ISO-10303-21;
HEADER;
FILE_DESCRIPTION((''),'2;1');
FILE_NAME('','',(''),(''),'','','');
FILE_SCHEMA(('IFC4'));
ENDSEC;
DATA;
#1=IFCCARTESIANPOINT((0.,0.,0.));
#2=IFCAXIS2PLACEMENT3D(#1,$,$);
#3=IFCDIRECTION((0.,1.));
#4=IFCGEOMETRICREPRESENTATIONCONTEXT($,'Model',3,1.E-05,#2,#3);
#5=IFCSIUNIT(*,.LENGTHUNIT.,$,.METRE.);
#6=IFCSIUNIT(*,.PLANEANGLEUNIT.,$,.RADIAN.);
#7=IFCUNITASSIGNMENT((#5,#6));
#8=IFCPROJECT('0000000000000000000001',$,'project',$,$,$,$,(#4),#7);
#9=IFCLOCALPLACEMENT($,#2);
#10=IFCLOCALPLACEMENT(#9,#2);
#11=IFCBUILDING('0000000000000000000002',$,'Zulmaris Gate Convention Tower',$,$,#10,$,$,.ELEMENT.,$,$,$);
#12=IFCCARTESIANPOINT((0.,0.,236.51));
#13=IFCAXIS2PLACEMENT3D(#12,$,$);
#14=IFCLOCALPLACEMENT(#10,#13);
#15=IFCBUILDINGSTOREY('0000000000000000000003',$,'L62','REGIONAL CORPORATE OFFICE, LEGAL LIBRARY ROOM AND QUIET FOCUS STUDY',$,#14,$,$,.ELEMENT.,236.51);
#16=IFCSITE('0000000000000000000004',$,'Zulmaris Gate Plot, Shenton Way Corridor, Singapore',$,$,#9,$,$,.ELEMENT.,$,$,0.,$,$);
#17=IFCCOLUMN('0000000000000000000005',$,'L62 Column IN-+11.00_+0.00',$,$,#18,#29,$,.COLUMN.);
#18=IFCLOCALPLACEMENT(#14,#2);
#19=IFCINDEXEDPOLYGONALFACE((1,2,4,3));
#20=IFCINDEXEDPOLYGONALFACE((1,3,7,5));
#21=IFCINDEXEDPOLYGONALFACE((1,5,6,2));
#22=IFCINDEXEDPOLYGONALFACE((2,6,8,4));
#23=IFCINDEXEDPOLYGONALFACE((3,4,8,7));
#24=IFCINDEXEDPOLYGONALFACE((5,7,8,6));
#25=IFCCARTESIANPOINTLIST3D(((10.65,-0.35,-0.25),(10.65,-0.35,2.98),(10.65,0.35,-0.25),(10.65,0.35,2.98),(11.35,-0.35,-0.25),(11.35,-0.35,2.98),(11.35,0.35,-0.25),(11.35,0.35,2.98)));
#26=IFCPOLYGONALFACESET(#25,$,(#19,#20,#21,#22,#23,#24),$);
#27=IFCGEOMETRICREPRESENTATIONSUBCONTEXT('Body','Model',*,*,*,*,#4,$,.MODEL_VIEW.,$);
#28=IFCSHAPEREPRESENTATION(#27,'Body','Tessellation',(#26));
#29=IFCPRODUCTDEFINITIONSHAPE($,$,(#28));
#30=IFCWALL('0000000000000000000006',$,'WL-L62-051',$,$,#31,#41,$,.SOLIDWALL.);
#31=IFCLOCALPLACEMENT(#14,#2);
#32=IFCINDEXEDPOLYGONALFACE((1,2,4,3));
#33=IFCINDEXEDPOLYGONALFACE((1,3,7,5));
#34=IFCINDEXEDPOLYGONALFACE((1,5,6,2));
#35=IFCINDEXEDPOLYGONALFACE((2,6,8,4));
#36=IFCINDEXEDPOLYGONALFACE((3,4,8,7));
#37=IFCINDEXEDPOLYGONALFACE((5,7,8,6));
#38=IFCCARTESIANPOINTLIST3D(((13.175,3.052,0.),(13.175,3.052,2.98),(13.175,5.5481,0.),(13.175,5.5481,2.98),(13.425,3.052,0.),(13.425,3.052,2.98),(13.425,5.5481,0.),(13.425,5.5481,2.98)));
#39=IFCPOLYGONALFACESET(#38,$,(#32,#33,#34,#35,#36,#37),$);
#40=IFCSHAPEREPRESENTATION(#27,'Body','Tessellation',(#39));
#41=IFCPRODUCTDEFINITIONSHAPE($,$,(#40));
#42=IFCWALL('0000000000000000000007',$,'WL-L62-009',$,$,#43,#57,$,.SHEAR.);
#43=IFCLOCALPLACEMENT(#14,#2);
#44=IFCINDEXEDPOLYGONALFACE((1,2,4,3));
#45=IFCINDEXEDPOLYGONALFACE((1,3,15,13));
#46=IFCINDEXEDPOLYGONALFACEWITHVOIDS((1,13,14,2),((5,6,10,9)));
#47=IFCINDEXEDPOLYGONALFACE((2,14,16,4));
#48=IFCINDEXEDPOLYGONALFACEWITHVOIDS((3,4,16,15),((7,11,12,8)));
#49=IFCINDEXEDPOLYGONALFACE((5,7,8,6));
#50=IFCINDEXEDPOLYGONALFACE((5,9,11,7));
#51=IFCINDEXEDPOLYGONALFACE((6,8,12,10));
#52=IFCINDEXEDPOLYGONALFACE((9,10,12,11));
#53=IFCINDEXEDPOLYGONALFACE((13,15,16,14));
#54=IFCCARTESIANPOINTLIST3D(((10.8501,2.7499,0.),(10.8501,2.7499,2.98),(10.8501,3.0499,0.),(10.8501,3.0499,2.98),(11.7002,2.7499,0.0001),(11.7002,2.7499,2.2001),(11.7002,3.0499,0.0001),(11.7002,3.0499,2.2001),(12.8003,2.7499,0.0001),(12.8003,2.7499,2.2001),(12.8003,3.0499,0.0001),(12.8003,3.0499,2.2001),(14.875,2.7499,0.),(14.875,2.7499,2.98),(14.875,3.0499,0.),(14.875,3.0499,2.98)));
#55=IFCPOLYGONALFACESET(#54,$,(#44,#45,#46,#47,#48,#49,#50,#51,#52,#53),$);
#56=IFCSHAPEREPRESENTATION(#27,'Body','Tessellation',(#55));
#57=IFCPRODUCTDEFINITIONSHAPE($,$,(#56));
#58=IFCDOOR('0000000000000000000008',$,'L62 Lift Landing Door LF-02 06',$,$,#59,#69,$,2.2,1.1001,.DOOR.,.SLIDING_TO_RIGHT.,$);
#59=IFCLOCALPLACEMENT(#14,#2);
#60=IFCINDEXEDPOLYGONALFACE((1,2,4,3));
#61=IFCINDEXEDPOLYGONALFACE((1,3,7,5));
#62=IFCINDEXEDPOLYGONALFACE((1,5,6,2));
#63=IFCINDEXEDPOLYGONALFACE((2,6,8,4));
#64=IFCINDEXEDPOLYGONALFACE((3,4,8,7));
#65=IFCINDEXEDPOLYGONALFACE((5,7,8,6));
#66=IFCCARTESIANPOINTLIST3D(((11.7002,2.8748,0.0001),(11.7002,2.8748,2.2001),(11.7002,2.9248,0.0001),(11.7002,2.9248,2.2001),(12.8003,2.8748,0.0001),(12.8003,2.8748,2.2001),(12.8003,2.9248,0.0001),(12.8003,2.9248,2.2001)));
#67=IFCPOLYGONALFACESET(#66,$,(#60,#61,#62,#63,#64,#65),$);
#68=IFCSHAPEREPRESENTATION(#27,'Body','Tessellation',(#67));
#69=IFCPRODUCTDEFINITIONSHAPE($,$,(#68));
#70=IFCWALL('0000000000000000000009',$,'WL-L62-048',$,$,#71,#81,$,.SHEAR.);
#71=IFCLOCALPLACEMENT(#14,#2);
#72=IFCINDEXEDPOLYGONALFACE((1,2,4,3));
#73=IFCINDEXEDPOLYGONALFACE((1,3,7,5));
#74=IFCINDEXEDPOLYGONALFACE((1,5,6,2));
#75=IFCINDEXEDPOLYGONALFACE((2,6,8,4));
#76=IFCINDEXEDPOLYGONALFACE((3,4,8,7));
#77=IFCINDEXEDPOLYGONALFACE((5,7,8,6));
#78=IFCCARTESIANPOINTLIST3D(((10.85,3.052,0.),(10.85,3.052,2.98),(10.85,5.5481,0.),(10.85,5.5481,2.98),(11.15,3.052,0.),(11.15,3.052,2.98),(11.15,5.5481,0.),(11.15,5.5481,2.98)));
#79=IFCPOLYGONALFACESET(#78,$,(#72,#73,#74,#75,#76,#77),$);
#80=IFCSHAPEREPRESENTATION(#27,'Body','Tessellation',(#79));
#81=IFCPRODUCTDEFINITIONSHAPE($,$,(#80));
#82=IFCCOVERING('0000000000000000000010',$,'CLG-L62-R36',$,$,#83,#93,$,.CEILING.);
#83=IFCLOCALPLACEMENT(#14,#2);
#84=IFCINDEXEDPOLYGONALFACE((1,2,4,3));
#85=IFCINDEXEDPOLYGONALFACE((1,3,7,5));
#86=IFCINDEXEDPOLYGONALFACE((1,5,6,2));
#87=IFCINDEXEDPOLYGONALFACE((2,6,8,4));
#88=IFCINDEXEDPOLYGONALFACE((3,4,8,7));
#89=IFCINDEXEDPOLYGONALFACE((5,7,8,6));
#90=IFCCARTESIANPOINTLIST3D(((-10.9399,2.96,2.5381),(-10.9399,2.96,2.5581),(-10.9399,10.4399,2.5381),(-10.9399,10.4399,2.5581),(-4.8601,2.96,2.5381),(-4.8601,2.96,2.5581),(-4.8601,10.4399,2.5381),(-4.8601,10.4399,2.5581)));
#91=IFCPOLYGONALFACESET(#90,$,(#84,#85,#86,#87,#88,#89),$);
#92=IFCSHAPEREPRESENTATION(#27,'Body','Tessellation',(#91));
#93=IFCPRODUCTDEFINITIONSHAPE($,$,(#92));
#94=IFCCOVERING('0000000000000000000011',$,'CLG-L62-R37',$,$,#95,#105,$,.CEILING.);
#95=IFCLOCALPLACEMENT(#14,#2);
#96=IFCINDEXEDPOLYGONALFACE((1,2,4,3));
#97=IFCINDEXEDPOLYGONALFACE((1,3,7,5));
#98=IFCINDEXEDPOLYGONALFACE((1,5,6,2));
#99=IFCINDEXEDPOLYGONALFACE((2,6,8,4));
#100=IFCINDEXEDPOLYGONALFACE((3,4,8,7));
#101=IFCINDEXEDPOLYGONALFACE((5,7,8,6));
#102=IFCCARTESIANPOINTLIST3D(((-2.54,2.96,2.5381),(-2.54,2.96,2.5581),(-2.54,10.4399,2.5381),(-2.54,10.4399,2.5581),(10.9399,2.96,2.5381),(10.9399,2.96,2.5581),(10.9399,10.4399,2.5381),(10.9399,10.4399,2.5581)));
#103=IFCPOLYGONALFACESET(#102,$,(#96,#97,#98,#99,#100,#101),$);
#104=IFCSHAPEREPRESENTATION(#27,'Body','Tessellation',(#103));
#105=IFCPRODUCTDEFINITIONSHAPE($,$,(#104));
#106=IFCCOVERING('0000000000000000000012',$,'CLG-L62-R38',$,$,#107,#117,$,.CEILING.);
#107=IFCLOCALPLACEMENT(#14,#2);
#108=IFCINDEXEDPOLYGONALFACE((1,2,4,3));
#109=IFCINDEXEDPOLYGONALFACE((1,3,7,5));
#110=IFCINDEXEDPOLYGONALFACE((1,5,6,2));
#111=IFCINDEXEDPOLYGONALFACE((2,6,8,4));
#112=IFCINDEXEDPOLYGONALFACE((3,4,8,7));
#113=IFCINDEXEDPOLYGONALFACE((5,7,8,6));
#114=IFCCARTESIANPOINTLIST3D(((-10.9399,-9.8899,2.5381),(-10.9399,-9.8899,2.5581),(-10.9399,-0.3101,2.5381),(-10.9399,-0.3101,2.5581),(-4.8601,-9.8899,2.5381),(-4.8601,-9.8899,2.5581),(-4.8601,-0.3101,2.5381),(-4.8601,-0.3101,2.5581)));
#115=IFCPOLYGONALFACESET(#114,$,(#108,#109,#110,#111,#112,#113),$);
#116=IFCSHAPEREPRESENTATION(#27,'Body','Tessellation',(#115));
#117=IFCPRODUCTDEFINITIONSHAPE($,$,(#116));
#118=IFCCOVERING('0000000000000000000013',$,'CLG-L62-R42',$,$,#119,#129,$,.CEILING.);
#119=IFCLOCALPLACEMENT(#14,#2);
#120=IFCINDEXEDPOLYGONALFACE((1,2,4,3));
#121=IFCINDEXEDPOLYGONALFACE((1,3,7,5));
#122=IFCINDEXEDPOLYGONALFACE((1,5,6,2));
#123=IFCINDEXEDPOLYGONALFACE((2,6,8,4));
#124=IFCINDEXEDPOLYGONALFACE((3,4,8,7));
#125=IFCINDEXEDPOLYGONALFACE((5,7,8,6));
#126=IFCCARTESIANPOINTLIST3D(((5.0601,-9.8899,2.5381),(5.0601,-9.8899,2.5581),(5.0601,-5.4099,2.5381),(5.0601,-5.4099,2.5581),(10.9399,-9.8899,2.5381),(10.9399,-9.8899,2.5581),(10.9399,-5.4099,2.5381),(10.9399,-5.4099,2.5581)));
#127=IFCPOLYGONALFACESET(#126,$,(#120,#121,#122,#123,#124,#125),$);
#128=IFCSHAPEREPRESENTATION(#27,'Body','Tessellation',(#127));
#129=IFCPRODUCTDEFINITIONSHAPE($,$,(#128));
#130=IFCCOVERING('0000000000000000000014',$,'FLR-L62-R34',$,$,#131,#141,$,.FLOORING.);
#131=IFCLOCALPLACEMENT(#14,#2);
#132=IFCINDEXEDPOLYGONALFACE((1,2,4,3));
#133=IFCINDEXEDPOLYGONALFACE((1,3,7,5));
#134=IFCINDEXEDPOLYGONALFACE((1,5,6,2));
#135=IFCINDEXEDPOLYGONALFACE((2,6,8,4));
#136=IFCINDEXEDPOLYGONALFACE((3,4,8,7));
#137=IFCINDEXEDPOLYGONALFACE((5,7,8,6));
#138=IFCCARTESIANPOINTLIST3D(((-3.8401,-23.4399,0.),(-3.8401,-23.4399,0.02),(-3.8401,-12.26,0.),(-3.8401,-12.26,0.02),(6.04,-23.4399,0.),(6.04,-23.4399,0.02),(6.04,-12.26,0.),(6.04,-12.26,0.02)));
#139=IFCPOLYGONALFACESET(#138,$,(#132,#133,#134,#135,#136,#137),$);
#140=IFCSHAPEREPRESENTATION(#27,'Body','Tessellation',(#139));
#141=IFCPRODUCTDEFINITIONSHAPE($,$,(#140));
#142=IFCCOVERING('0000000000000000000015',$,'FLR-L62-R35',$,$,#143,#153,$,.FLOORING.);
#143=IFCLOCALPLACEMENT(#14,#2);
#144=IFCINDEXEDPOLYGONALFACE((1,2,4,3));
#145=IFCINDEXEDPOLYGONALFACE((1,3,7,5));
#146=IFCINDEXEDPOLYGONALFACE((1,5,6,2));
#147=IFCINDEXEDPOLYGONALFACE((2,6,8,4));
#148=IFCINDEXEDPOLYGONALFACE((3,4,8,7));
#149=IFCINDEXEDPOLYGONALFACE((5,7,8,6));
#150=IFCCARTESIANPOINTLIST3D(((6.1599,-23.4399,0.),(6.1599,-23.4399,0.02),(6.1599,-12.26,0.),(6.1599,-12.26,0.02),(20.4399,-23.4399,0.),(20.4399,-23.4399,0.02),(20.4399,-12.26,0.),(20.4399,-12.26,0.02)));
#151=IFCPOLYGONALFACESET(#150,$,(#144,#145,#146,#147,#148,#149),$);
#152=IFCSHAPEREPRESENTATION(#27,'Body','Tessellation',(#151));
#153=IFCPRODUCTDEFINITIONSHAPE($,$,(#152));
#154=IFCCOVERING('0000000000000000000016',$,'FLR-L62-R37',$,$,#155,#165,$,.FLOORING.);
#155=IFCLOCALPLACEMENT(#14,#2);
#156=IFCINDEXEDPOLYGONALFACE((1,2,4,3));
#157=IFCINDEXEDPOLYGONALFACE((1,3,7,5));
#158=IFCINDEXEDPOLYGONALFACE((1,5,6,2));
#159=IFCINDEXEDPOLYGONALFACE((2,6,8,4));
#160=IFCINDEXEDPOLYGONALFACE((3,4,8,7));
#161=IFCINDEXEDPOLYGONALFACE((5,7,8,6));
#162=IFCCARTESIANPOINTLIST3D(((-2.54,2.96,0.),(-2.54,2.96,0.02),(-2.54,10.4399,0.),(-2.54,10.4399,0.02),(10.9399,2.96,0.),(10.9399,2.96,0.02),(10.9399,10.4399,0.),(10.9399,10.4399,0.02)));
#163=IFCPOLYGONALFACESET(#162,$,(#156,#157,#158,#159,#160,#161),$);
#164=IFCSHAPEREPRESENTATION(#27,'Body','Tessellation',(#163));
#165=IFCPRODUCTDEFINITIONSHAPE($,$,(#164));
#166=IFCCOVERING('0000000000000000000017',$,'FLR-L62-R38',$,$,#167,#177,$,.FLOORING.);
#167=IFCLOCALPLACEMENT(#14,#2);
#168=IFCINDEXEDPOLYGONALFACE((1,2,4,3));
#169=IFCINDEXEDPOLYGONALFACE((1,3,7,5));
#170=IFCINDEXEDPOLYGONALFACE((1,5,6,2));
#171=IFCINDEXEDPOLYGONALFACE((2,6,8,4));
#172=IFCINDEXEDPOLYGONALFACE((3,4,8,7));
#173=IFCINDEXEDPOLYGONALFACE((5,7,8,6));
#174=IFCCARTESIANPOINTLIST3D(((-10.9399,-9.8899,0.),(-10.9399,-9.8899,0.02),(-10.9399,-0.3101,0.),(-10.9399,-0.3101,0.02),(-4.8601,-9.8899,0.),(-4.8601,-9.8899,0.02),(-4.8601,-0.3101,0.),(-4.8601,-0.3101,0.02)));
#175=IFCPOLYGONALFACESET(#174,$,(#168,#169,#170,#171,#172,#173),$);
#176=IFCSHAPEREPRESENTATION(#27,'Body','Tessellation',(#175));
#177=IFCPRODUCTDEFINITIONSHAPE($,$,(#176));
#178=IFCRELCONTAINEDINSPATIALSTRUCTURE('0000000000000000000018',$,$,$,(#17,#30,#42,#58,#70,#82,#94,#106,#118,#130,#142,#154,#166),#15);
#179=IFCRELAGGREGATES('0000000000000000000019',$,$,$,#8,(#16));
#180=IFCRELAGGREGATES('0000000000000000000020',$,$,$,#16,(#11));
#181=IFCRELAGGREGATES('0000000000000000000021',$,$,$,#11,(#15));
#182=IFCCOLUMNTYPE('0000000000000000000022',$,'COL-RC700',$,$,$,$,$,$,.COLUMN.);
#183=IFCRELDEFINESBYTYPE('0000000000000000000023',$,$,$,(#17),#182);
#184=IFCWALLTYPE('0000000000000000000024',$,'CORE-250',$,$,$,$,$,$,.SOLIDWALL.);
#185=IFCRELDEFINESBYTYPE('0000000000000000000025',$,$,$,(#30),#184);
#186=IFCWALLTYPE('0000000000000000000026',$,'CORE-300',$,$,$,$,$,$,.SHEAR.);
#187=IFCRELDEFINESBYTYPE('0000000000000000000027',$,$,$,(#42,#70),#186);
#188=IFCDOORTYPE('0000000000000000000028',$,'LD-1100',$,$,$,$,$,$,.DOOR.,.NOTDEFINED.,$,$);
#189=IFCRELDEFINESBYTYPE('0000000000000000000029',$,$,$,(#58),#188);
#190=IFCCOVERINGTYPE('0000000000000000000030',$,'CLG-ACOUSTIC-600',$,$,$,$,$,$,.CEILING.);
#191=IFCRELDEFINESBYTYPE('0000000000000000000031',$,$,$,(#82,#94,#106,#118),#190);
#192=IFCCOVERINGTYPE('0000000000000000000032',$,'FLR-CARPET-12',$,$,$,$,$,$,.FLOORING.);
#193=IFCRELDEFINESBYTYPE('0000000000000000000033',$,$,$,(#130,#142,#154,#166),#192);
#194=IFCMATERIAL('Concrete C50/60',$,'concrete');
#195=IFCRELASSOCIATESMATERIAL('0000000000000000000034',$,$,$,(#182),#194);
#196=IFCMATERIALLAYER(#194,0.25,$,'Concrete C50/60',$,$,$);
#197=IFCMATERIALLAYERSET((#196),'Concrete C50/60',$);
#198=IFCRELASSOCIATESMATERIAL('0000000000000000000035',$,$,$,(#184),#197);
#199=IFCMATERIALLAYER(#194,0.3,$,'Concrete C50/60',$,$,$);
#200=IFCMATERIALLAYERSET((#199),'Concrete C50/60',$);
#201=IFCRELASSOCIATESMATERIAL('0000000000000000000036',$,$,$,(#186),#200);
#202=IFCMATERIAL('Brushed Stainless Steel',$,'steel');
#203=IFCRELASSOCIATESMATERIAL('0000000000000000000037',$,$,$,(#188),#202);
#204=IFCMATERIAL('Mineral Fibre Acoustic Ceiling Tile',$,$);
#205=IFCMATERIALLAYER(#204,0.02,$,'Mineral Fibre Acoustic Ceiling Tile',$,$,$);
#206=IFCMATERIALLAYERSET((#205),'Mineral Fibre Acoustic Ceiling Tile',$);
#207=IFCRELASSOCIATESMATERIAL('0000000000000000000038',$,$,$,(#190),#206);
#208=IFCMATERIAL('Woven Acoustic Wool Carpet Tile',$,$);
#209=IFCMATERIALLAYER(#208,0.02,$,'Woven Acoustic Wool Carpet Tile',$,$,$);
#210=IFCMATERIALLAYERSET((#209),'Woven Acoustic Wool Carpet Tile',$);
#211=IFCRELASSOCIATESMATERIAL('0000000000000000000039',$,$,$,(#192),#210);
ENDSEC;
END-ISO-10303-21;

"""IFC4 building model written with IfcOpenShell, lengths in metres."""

from ifc_helpers import new_model, si_unit, direction, frame, frame_2d, origin, origin_2d, place, context, subcontext, project, spatial, polyline, rectangle, outline, extrude, material, layer, layer_set, material_profile, profile_set, type_object, element, fill, save


model = new_model("IFC4")

# Units and contexts
model_context = context("Model", 3, precision=1e-05, world=origin(), true_north=direction((0.0, 1.0)))
body_context = subcontext(model_context, "Body", "Model", "MODEL_VIEW")
ifc_project = project(units=[si_unit("LENGTHUNIT", "METRE"), si_unit("PLANEANGLEUNIT", "RADIAN")], contexts=[model_context])

# Site, building, storey
site_placement = place(None, origin())
site = spatial("IfcSite", under=ifc_project, at=site_placement, Name="Zulmaris Gate Plot, Shenton Way Corridor, Singapore", CompositionType="ELEMENT", RefElevation=0.0)
building_placement = place(site_placement, origin())
building = spatial("IfcBuilding", under=site, at=building_placement, Name="Zulmaris Gate Convention Tower", CompositionType="ELEMENT")
storey_placement = place(building_placement, frame((0.0, 0.0, 236.51)))
storey = spatial("IfcBuildingStorey", under=building, at=storey_placement, Name="L62", Description="REGIONAL CORPORATE OFFICE, LEGAL LIBRARY ROOM AND QUIET FOCUS STUDY", CompositionType="ELEMENT", Elevation=236.51)

# Column
ifc_material_1 = material(Name="Concrete C50/60", Category="concrete")
ifc_material_profile = material_profile(ifc_material_1, rectangle(XDim=0.7, YDim=0.7, at=origin_2d()), Name="RC COL 700x700")
ifc_profile_set = profile_set([ifc_material_profile], Name="Concrete C50/60")
column_type = type_object("IfcColumnType", Name="COL-RC700", PredefinedType="COLUMN", material=ifc_profile_set)
column_placement = place(storey_placement, frame((11.0, 0.0, -0.25), z_axis=(0.0, 0.0, 1.0), x_axis=(1.0, 0.0, 0.0)))
element("IfcColumn", 1, at=column_placement, inside=storey, type_object=column_type, Name="L62 Column IN-+11.00_+0.00", PredefinedType="COLUMN", context=body_context, shape_type="SweptSolid", body=[
    extrude(rectangle(XDim=0.7, YDim=0.7, at=origin_2d()), origin(), (0.0, 0.0, 1.0), 3.23),
])

# Wall
ifc_layer_1 = layer(ifc_material_1, 0.25, Name="Concrete C50/60")
ifc_layer_set_1 = layer_set([ifc_layer_1], Name="Concrete C50/60")
wall_type_1 = type_object("IfcWallType", Name="CORE-250", PredefinedType="SOLIDWALL", material=ifc_layer_set_1)
wall_1_placement = place(storey_placement, frame((13.3, 3.052, 0.0), z_axis=(0.0, 0.0, 1.0), x_axis=(0.0, 1.0, 0.0)))
element("IfcWall", 2, at=wall_1_placement, inside=storey, type_object=wall_type_1, Name="WL-L62-051", PredefinedType="SOLIDWALL", context=body_context, shape_type="SweptSolid", body=[
    extrude(rectangle(XDim=2.4961, YDim=0.25, at=frame_2d((1.248, 0.0))), origin(), (0.0, 0.0, 1.0), 2.98),
])

# Wall, opening, door
ifc_layer_2 = layer(ifc_material_1, 0.3, Name="Concrete C50/60")
ifc_layer_set_2 = layer_set([ifc_layer_2], Name="Concrete C50/60")
wall_type_2 = type_object("IfcWallType", Name="CORE-300", PredefinedType="SHEAR", material=ifc_layer_set_2)
wall_2_placement = place(storey_placement, frame((10.8501, 2.8999, 0.0), z_axis=(0.0, 0.0, 1.0), x_axis=(1.0, 0.0, 0.0)))
wall_2 = element("IfcWall", 3, at=wall_2_placement, inside=storey, type_object=wall_type_2, Name="WL-L62-009", PredefinedType="SHEAR", context=body_context, shape_type="SweptSolid", body=[
    extrude(rectangle(XDim=4.0249, YDim=0.3, at=frame_2d((2.0125, 0.0))), origin(), (0.0, 0.0, 1.0), 2.98),
])
opening_1_placement = place(wall_2_placement, frame((0.8501, 0.0, 0.0)))
opening_1 = element("IfcOpeningElement", 4, at=opening_1_placement, cuts=wall_2, PredefinedType="OPENING", context=body_context, shape_type="SweptSolid", body=[
    extrude(rectangle(XDim=1.1001, YDim=2.2, at=frame_2d((0.55, 1.1001))), frame((0.0, 0.1602, 0.0), z_axis=(0.0, -1.0, 0.0), x_axis=(1.0, 0.0, 0.0)), (0.0, 0.0, 1.0), 0.3201),
])
ifc_material_2 = material(Name="Brushed Stainless Steel", Category="steel")
door_type_1 = type_object("IfcDoorType", Name="LD-1100", OperationType="NOTDEFINED", PredefinedType="DOOR", material=ifc_material_2)
door_1_placement = place(opening_1_placement, origin())
door_1 = element("IfcDoor", 5, at=door_1_placement, inside=storey, type_object=door_type_1, Name="L62 Lift Landing Door LF-02 06", OperationType="SLIDING_TO_RIGHT", OverallHeight=2.2, OverallWidth=1.1001, PredefinedType="DOOR", context=body_context, shape_type="SweptSolid", body=[
    extrude(rectangle(XDim=1.1001, YDim=2.2, at=frame_2d((0.55, 1.1001))), frame((0.0, 0.0249, 0.0), z_axis=(0.0, -1.0, 0.0), x_axis=(1.0, 0.0, 0.0)), (0.0, 0.0, 1.0), 0.05),
])
fill(opening_1, door_1)

# Wall
wall_3_placement = place(storey_placement, frame((11.0, 3.052, 0.0), z_axis=(0.0, 0.0, 1.0), x_axis=(0.0, 1.0, 0.0)))
element("IfcWall", 6, at=wall_3_placement, inside=storey, type_object=wall_type_2, Name="WL-L62-048", PredefinedType="SHEAR", context=body_context, shape_type="SweptSolid", body=[
    extrude(rectangle(XDim=2.4961, YDim=0.3, at=frame_2d((1.248, 0.0))), origin(), (0.0, 0.0, 1.0), 2.98),
])

# Coverings
ifc_material_3 = material(Name="Mineral Fibre Acoustic Ceiling Tile")
ifc_layer_3 = layer(ifc_material_3, 0.02, Name="Mineral Fibre Acoustic Ceiling Tile")
ifc_layer_set_3 = layer_set([ifc_layer_3], Name="Mineral Fibre Acoustic Ceiling Tile")
covering_type_1 = type_object("IfcCoveringType", Name="CLG-ACOUSTIC-600", PredefinedType="CEILING", material=ifc_layer_set_3)
covering_1_placement = place(storey_placement, frame((0.0, 0.0, 2.5381)))
element("IfcCovering", 7, at=covering_1_placement, inside=storey, type_object=covering_type_1, Name="CLG-L62-R36", PredefinedType="CEILING", context=body_context, shape_type="SweptSolid", body=[
    extrude(outline(polyline([(-10.9399, 2.96), (-4.8601, 2.96), (-4.8601, 10.4399), (-10.9399, 10.4399), (-10.9399, 2.96)])), origin(), (0.0, 0.0, 1.0), 0.02),
])
covering_2_placement = place(storey_placement, frame((0.0, 0.0, 2.5381)))
element("IfcCovering", 8, at=covering_2_placement, inside=storey, type_object=covering_type_1, Name="CLG-L62-R37", PredefinedType="CEILING", context=body_context, shape_type="SweptSolid", body=[
    extrude(outline(polyline([(-2.54, 2.96), (10.9399, 2.96), (10.9399, 10.4399), (-2.54, 10.4399), (-2.54, 2.96)])), origin(), (0.0, 0.0, 1.0), 0.02),
])
covering_3_placement = place(storey_placement, frame((0.0, 0.0, 2.5381)))
element("IfcCovering", 9, at=covering_3_placement, inside=storey, type_object=covering_type_1, Name="CLG-L62-R38", PredefinedType="CEILING", context=body_context, shape_type="SweptSolid", body=[
    extrude(outline(polyline([(-10.9399, -9.8899), (-4.8601, -9.8899), (-4.8601, -0.3101), (-10.9399, -0.3101), (-10.9399, -9.8899)])), origin(), (0.0, 0.0, 1.0), 0.02),
])
covering_4_placement = place(storey_placement, frame((0.0, 0.0, 2.5381)))
element("IfcCovering", 10, at=covering_4_placement, inside=storey, type_object=covering_type_1, Name="CLG-L62-R42", PredefinedType="CEILING", context=body_context, shape_type="SweptSolid", body=[
    extrude(outline(polyline([(5.0601, -9.8899), (10.9399, -9.8899), (10.9399, -5.4099), (5.0601, -5.4099), (5.0601, -9.8899)])), origin(), (0.0, 0.0, 1.0), 0.02),
])
ifc_material_4 = material(Name="Woven Acoustic Wool Carpet Tile")
ifc_layer_4 = layer(ifc_material_4, 0.02, Name="Woven Acoustic Wool Carpet Tile")
ifc_layer_set_4 = layer_set([ifc_layer_4], Name="Woven Acoustic Wool Carpet Tile")
covering_type_2 = type_object("IfcCoveringType", Name="FLR-CARPET-12", PredefinedType="FLOORING", material=ifc_layer_set_4)
covering_5_placement = place(storey_placement, origin())
element("IfcCovering", 11, at=covering_5_placement, inside=storey, type_object=covering_type_2, Name="FLR-L62-R34", PredefinedType="FLOORING", context=body_context, shape_type="SweptSolid", body=[
    extrude(outline(polyline([(-3.8401, -23.4399), (6.04, -23.4399), (6.04, -12.26), (-3.8401, -12.26), (-3.8401, -23.4399)])), origin(), (0.0, 0.0, 1.0), 0.02),
])
covering_6_placement = place(storey_placement, origin())
element("IfcCovering", 12, at=covering_6_placement, inside=storey, type_object=covering_type_2, Name="FLR-L62-R35", PredefinedType="FLOORING", context=body_context, shape_type="SweptSolid", body=[
    extrude(outline(polyline([(6.1599, -23.4399), (20.4399, -23.4399), (20.4399, -12.26), (6.1599, -12.26), (6.1599, -23.4399)])), origin(), (0.0, 0.0, 1.0), 0.02),
])
covering_7_placement = place(storey_placement, origin())
element("IfcCovering", 13, at=covering_7_placement, inside=storey, type_object=covering_type_2, Name="FLR-L62-R37", PredefinedType="FLOORING", context=body_context, shape_type="SweptSolid", body=[
    extrude(outline(polyline([(-2.54, 2.96), (10.9399, 2.96), (10.9399, 10.4399), (-2.54, 10.4399), (-2.54, 2.96)])), origin(), (0.0, 0.0, 1.0), 0.02),
])
covering_8_placement = place(storey_placement, origin())
element("IfcCovering", 14, at=covering_8_placement, inside=storey, type_object=covering_type_2, Name="FLR-L62-R38", PredefinedType="FLOORING", context=body_context, shape_type="SweptSolid", body=[
    extrude(outline(polyline([(-10.9399, -9.8899), (-4.8601, -9.8899), (-4.8601, -0.3101), (-10.9399, -0.3101), (-10.9399, -9.8899)])), origin(), (0.0, 0.0, 1.0), 0.02),
])

save(model, "model.ifc")
